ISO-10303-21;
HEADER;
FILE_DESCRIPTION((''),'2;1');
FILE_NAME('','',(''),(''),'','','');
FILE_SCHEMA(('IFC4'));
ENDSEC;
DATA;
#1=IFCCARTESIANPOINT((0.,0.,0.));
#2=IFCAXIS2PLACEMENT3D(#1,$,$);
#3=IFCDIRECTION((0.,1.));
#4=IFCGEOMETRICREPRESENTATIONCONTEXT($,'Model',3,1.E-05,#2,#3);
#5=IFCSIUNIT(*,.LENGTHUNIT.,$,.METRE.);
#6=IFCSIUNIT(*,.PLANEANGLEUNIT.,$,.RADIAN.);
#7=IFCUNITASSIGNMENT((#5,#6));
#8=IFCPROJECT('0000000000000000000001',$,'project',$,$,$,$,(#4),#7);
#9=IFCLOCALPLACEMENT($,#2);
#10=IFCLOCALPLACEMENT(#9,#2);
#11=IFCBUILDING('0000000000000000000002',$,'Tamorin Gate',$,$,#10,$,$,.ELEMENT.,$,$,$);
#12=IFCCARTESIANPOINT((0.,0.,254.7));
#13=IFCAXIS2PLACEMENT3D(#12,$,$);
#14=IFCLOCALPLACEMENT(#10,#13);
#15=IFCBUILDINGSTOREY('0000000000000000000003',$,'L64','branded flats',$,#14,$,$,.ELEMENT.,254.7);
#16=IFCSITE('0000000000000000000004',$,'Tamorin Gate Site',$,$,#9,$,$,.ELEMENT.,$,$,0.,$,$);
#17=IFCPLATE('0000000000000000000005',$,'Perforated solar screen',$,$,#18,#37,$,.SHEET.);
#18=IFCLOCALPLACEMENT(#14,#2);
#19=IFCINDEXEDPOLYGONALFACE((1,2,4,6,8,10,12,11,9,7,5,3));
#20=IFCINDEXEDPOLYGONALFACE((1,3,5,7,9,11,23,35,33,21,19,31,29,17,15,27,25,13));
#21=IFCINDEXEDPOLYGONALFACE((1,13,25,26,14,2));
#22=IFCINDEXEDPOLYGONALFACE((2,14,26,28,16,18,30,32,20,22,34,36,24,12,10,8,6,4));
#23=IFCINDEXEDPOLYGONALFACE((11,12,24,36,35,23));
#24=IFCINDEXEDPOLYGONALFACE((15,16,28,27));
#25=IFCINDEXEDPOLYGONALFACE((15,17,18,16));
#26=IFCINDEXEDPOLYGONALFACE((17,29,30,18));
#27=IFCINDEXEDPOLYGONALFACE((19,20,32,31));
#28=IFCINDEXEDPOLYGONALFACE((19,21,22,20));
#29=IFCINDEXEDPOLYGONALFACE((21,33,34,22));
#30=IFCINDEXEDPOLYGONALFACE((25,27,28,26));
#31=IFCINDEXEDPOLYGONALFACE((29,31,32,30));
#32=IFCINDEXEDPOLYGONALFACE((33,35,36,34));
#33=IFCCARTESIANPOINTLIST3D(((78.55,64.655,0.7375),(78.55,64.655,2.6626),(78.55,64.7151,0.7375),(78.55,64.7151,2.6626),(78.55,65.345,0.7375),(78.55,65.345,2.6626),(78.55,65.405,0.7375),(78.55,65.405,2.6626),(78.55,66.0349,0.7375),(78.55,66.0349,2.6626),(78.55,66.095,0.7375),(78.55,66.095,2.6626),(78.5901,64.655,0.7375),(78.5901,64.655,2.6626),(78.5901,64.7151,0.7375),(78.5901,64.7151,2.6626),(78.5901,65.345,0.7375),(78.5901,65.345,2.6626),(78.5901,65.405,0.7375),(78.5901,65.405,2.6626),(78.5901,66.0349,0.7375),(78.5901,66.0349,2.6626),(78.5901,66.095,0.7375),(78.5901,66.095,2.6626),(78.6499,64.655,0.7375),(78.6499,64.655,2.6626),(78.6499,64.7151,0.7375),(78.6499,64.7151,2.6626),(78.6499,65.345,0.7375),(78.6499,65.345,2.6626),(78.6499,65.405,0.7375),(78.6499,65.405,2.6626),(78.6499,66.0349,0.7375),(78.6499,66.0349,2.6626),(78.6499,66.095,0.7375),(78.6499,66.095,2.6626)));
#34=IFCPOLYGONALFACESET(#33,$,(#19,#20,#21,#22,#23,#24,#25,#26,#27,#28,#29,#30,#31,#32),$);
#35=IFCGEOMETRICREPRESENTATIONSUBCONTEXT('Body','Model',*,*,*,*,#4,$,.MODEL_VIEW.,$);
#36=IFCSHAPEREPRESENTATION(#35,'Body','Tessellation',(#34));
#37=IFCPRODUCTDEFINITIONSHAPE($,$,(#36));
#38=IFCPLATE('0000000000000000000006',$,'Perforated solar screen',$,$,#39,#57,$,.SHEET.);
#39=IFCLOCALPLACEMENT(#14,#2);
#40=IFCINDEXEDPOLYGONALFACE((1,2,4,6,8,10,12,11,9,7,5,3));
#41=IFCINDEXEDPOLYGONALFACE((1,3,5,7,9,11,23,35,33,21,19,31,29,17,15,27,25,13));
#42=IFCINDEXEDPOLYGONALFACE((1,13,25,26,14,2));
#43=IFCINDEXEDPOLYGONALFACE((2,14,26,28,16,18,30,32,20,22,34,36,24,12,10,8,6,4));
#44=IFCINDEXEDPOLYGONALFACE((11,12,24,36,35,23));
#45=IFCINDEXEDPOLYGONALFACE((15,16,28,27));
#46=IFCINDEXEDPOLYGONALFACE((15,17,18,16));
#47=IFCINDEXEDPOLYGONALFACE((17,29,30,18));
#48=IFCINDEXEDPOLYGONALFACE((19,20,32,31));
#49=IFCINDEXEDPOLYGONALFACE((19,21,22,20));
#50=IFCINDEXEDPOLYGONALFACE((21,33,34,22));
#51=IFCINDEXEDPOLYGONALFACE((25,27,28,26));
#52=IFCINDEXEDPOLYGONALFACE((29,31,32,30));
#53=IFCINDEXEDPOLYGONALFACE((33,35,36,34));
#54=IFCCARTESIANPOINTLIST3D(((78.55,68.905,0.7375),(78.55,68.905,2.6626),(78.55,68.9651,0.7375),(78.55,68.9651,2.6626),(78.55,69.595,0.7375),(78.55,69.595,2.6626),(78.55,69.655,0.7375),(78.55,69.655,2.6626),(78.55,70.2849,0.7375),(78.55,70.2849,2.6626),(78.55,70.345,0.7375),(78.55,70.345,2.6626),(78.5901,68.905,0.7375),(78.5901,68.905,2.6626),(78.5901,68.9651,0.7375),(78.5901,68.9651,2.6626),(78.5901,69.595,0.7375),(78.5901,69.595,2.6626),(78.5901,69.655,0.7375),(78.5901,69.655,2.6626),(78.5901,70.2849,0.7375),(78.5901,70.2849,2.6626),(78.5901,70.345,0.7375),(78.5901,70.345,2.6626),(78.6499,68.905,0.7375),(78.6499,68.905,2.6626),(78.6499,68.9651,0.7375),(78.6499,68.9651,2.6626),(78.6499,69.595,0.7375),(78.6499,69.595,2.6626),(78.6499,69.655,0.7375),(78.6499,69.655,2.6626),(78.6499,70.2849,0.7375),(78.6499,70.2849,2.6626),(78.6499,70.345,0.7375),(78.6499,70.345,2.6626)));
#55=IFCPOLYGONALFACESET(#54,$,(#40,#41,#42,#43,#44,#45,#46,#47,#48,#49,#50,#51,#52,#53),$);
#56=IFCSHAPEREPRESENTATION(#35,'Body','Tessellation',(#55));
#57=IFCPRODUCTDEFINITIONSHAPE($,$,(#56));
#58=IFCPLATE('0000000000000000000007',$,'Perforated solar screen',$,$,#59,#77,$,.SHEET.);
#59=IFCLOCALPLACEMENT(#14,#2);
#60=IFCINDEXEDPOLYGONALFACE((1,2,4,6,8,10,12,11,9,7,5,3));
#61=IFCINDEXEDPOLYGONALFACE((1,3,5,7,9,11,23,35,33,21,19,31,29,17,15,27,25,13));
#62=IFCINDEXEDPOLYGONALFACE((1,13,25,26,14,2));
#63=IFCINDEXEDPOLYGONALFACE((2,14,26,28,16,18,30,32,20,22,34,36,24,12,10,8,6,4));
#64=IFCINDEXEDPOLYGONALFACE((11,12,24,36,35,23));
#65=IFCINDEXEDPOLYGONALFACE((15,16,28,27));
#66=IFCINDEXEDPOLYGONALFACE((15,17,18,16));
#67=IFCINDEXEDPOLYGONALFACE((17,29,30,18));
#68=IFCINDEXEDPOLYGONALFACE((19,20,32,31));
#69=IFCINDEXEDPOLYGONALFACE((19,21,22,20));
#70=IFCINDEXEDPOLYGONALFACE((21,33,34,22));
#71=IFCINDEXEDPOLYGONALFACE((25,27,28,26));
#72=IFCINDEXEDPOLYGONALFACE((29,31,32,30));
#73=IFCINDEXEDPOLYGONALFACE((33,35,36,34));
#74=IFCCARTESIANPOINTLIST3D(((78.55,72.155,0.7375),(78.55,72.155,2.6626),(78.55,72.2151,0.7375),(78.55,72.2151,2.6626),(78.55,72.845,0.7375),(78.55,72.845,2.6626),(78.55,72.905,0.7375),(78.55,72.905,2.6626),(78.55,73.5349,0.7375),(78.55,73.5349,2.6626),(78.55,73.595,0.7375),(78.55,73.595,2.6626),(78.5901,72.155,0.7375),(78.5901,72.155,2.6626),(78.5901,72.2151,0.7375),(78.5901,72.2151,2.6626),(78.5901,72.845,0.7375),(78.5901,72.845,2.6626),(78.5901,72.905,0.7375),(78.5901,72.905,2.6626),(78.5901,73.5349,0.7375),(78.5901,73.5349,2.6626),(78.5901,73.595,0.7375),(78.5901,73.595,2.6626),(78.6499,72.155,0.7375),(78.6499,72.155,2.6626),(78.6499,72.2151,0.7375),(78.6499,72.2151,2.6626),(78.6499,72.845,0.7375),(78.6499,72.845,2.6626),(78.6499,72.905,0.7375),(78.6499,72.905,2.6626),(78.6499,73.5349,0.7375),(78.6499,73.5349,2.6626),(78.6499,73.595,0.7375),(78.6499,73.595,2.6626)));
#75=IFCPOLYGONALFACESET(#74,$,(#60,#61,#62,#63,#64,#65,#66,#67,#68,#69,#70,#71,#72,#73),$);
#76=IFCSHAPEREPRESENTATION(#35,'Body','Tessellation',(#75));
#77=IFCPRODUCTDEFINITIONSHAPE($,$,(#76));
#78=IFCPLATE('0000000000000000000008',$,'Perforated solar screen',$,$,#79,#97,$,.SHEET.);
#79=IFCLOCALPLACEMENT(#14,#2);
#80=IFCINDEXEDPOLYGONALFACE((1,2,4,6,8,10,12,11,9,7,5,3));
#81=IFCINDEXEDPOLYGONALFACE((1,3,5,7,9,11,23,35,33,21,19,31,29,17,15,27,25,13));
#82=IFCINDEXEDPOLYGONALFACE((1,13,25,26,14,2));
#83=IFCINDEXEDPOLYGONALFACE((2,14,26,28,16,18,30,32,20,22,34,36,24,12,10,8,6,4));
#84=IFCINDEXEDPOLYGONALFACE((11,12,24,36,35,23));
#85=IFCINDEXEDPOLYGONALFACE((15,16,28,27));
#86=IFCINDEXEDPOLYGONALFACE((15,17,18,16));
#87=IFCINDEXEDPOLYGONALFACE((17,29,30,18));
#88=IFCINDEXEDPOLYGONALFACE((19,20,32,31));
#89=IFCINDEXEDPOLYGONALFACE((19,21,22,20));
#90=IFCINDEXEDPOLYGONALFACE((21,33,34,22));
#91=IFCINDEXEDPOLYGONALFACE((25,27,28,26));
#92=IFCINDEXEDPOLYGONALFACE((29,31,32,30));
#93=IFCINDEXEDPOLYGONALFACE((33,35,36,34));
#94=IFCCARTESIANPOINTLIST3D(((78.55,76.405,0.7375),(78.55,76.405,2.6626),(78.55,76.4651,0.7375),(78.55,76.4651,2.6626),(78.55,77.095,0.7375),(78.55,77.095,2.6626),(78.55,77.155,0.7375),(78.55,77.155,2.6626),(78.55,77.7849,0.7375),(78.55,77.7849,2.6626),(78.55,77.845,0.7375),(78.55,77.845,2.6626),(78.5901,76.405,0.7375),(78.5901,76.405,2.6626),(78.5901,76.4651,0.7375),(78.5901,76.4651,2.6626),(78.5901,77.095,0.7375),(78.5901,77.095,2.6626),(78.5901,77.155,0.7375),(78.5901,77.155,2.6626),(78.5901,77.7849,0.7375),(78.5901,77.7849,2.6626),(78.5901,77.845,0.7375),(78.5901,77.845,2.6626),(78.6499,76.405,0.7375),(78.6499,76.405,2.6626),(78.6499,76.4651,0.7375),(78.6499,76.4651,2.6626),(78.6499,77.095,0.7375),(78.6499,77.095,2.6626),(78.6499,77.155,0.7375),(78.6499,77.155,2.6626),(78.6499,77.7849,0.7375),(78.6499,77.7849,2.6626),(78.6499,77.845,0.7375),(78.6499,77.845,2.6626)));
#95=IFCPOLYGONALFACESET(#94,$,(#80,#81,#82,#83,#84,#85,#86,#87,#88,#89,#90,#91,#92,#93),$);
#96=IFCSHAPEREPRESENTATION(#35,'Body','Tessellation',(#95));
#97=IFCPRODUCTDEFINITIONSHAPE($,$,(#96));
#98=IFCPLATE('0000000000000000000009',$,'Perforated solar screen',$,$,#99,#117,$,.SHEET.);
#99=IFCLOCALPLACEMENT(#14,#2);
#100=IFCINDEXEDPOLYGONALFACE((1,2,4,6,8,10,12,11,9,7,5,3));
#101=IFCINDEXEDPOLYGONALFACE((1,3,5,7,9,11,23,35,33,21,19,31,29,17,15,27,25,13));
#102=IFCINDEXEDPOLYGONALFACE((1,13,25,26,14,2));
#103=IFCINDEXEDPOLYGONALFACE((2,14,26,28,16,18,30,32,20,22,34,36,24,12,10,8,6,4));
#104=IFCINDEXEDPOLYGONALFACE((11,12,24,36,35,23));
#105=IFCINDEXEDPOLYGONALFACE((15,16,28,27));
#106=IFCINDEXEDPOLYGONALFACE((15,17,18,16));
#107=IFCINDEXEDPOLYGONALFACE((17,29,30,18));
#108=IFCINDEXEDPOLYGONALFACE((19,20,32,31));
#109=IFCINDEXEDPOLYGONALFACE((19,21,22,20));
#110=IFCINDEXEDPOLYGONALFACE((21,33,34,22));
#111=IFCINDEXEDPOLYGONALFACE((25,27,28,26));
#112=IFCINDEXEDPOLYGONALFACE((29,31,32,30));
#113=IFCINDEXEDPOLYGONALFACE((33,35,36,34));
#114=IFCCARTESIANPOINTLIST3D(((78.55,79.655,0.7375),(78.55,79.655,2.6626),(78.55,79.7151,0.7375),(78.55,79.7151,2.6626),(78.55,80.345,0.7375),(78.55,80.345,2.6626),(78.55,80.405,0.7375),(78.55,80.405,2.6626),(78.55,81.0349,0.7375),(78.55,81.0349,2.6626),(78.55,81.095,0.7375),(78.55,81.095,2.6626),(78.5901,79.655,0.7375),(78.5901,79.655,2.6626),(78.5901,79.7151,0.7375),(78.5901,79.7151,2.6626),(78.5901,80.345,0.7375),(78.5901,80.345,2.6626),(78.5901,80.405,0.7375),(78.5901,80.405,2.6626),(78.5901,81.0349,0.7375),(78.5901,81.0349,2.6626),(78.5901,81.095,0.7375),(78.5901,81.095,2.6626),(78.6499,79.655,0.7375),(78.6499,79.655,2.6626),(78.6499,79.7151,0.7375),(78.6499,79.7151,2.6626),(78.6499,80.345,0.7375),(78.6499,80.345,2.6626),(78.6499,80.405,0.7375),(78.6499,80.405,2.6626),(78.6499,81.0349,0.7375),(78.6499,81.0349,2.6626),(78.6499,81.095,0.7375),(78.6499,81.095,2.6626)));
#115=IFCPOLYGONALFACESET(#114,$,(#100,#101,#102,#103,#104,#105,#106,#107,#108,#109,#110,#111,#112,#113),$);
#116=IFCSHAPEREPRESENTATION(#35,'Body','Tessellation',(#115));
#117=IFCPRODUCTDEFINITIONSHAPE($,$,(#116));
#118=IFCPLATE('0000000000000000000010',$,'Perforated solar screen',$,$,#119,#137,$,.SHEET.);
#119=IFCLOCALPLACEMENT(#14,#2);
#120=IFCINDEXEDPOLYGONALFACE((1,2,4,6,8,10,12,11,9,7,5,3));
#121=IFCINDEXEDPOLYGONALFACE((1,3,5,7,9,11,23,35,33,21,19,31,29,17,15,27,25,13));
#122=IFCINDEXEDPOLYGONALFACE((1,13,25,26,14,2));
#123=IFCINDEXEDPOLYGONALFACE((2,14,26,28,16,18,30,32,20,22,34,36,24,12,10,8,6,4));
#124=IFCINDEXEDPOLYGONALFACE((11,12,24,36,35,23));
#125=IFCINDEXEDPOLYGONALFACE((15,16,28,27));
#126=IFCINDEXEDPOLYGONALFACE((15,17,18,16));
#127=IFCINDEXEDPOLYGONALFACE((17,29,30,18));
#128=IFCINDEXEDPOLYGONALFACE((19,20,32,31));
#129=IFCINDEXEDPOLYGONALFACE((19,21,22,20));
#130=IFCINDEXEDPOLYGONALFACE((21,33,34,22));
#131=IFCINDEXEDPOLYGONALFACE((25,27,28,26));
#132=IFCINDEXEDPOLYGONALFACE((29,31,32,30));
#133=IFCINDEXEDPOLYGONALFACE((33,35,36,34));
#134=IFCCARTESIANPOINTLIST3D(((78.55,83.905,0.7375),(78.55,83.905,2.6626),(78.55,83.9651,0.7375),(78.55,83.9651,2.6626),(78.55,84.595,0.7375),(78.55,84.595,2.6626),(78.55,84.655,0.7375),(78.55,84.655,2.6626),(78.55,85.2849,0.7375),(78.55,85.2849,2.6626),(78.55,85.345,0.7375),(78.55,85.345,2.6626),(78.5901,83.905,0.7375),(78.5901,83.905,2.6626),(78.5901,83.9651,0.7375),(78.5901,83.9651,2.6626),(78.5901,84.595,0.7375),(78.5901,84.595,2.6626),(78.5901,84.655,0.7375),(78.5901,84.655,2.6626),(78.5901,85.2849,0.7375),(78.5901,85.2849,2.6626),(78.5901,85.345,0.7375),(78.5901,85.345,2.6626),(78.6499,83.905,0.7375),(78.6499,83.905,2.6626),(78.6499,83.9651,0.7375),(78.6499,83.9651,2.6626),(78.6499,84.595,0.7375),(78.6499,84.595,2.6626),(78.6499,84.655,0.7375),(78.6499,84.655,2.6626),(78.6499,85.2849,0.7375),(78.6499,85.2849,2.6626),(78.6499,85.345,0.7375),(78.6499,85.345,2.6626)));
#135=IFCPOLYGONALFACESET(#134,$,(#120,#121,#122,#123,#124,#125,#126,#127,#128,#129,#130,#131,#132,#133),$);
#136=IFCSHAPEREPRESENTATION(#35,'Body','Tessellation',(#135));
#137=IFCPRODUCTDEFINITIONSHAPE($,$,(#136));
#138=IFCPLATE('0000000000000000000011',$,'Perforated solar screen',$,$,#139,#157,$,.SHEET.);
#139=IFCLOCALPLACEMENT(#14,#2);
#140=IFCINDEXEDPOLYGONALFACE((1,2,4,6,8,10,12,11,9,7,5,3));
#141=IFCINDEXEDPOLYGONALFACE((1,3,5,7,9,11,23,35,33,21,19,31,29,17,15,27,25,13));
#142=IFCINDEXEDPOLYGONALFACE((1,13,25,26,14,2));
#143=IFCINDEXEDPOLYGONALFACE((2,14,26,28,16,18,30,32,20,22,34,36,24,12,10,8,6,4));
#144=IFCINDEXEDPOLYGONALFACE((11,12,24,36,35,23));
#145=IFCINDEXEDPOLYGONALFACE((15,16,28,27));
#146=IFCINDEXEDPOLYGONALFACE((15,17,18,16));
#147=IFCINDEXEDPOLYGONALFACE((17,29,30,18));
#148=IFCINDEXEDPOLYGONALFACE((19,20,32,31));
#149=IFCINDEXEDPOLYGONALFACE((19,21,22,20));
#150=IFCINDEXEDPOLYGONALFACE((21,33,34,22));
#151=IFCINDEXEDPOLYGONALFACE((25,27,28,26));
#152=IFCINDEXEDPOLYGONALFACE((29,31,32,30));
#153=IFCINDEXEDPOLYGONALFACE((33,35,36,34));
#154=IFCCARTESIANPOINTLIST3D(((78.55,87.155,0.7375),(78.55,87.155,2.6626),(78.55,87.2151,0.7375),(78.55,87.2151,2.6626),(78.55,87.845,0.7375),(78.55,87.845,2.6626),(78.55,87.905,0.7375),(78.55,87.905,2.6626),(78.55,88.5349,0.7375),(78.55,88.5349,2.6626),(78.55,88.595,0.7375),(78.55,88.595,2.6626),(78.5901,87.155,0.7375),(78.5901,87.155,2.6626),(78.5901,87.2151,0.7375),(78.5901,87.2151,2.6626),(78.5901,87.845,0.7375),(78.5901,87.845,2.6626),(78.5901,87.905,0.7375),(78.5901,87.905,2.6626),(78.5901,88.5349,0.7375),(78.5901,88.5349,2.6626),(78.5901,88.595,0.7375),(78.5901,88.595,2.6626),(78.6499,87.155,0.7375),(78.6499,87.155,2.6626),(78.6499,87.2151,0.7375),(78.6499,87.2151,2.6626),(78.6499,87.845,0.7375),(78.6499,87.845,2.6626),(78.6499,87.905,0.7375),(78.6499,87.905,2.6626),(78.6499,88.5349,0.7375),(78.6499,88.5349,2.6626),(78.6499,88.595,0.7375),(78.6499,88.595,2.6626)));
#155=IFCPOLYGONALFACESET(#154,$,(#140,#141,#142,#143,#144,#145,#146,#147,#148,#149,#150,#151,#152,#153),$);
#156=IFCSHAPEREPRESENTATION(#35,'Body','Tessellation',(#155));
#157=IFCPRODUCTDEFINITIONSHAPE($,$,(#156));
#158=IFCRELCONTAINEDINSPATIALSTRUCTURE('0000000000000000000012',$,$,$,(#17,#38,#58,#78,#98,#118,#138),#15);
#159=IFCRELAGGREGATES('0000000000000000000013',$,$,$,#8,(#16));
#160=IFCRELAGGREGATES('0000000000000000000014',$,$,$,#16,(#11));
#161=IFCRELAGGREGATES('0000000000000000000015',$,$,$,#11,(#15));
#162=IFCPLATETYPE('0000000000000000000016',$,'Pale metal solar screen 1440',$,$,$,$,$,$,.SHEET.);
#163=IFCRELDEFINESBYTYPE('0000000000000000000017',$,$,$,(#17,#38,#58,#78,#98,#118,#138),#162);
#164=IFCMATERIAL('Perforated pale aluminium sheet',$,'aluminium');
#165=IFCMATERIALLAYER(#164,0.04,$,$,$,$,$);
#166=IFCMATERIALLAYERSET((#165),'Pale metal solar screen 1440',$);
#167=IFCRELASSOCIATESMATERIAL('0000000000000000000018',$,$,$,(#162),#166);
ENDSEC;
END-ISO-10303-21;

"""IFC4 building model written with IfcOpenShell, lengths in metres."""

from ifc_helpers import new_model, si_unit, direction, frame, origin, place, context, subcontext, project, spatial, polyline, outline, extrude, material, layer, layer_set, type_object, element, save


model = new_model("IFC4")

# Units and contexts
model_context = context("Model", 3, precision=1e-05, world=origin(), true_north=direction((0.0, 1.0)))
body_context = subcontext(model_context, "Body", "Model", "MODEL_VIEW")
ifc_project = project(units=[si_unit("LENGTHUNIT", "METRE"), si_unit("PLANEANGLEUNIT", "RADIAN")], contexts=[model_context])

# Site, building, storey
site_placement = place(None, origin())
site = spatial("IfcSite", under=ifc_project, at=site_placement, Name="Tamorin Gate Site", CompositionType="ELEMENT", RefElevation=0.0)
building_placement = place(site_placement, origin())
building = spatial("IfcBuilding", under=site, at=building_placement, Name="Tamorin Gate", CompositionType="ELEMENT")
storey_placement = place(building_placement, frame((0.0, 0.0, 254.7)))
storey = spatial("IfcBuildingStorey", under=building, at=storey_placement, Name="L64", Description="branded flats", CompositionType="ELEMENT", Elevation=254.7)

# Plates
ifc_material_1 = material(Name="Perforated pale aluminium sheet", Category="aluminium")
ifc_layer_1 = layer(ifc_material_1, 0.04)
ifc_layer_set_1 = layer_set([ifc_layer_1], Name="Pale metal solar screen 1440")
plate_type = type_object("IfcPlateType", Name="Pale metal solar screen 1440", PredefinedType="SHEET", material=ifc_layer_set_1)
plate_1_placement = place(storey_placement, frame((0.0, 0.0, 0.7375)))
element("IfcPlate", 1, at=plate_1_placement, inside=storey, type_object=plate_type, Name="Perforated solar screen", PredefinedType="SHEET", context=body_context, shape_type="SweptSolid", body=[
    extrude(outline(polyline([(78.5901, 64.655), (78.55, 64.655), (78.55, 64.7151), (78.55, 65.345), (78.55, 65.405), (78.55, 66.0349), (78.55, 66.095), (78.5901, 66.095), (78.6499, 66.095), (78.6499, 66.0349), (78.5901, 66.0349), (78.5901, 65.405), (78.6499, 65.405), (78.6499, 65.345), (78.5901, 65.345), (78.5901, 64.7151), (78.6499, 64.7151), (78.6499, 64.655), (78.5901, 64.655)])), origin(), (0.0, 0.0, 1.0), 1.925),
])
plate_2_placement = place(storey_placement, frame((0.0, 0.0, 0.7375)))
element("IfcPlate", 2, at=plate_2_placement, inside=storey, type_object=plate_type, Name="Perforated solar screen", PredefinedType="SHEET", context=body_context, shape_type="SweptSolid", body=[
    extrude(outline(polyline([(78.5901, 68.905), (78.55, 68.905), (78.55, 68.9651), (78.55, 69.595), (78.55, 69.655), (78.55, 70.2849), (78.55, 70.345), (78.5901, 70.345), (78.6499, 70.345), (78.6499, 70.2849), (78.5901, 70.2849), (78.5901, 69.655), (78.6499, 69.655), (78.6499, 69.595), (78.5901, 69.595), (78.5901, 68.9651), (78.6499, 68.9651), (78.6499, 68.905), (78.5901, 68.905)])), origin(), (0.0, 0.0, 1.0), 1.925),
])
plate_3_placement = place(storey_placement, frame((0.0, 0.0, 0.7375)))
element("IfcPlate", 3, at=plate_3_placement, inside=storey, type_object=plate_type, Name="Perforated solar screen", PredefinedType="SHEET", context=body_context, shape_type="SweptSolid", body=[
    extrude(outline(polyline([(78.5901, 72.155), (78.55, 72.155), (78.55, 72.2151), (78.55, 72.845), (78.55, 72.905), (78.55, 73.5349), (78.55, 73.595), (78.5901, 73.595), (78.6499, 73.595), (78.6499, 73.5349), (78.5901, 73.5349), (78.5901, 72.905), (78.6499, 72.905), (78.6499, 72.845), (78.5901, 72.845), (78.5901, 72.2151), (78.6499, 72.2151), (78.6499, 72.155), (78.5901, 72.155)])), origin(), (0.0, 0.0, 1.0), 1.925),
])
plate_4_placement = place(storey_placement, frame((0.0, 0.0, 0.7375)))
element("IfcPlate", 4, at=plate_4_placement, inside=storey, type_object=plate_type, Name="Perforated solar screen", PredefinedType="SHEET", context=body_context, shape_type="SweptSolid", body=[
    extrude(outline(polyline([(78.5901, 76.405), (78.55, 76.405), (78.55, 76.4651), (78.55, 77.095), (78.55, 77.155), (78.55, 77.7849), (78.55, 77.845), (78.5901, 77.845), (78.6499, 77.845), (78.6499, 77.7849), (78.5901, 77.7849), (78.5901, 77.155), (78.6499, 77.155), (78.6499, 77.095), (78.5901, 77.095), (78.5901, 76.4651), (78.6499, 76.4651), (78.6499, 76.405), (78.5901, 76.405)])), origin(), (0.0, 0.0, 1.0), 1.925),
])
plate_5_placement = place(storey_placement, frame((0.0, 0.0, 0.7375)))
element("IfcPlate", 5, at=plate_5_placement, inside=storey, type_object=plate_type, Name="Perforated solar screen", PredefinedType="SHEET", context=body_context, shape_type="SweptSolid", body=[
    extrude(outline(polyline([(78.5901, 79.655), (78.55, 79.655), (78.55, 79.7151), (78.55, 80.345), (78.55, 80.405), (78.55, 81.0349), (78.55, 81.095), (78.5901, 81.095), (78.6499, 81.095), (78.6499, 81.0349), (78.5901, 81.0349), (78.5901, 80.405), (78.6499, 80.405), (78.6499, 80.345), (78.5901, 80.345), (78.5901, 79.7151), (78.6499, 79.7151), (78.6499, 79.655), (78.5901, 79.655)])), origin(), (0.0, 0.0, 1.0), 1.925),
])
plate_6_placement = place(storey_placement, frame((0.0, 0.0, 0.7375)))
element("IfcPlate", 6, at=plate_6_placement, inside=storey, type_object=plate_type, Name="Perforated solar screen", PredefinedType="SHEET", context=body_context, shape_type="SweptSolid", body=[
    extrude(outline(polyline([(78.5901, 83.905), (78.55, 83.905), (78.55, 83.9651), (78.55, 84.595), (78.55, 84.655), (78.55, 85.2849), (78.55, 85.345), (78.5901, 85.345), (78.6499, 85.345), (78.6499, 85.2849), (78.5901, 85.2849), (78.5901, 84.655), (78.6499, 84.655), (78.6499, 84.595), (78.5901, 84.595), (78.5901, 83.9651), (78.6499, 83.9651), (78.6499, 83.905), (78.5901, 83.905)])), origin(), (0.0, 0.0, 1.0), 1.925),
])
plate_7_placement = place(storey_placement, frame((0.0, 0.0, 0.7375)))
element("IfcPlate", 7, at=plate_7_placement, inside=storey, type_object=plate_type, Name="Perforated solar screen", PredefinedType="SHEET", context=body_context, shape_type="SweptSolid", body=[
    extrude(outline(polyline([(78.5901, 87.155), (78.55, 87.155), (78.55, 87.2151), (78.55, 87.845), (78.55, 87.905), (78.55, 88.5349), (78.55, 88.595), (78.5901, 88.595), (78.6499, 88.595), (78.6499, 88.5349), (78.5901, 88.5349), (78.5901, 87.905), (78.6499, 87.905), (78.6499, 87.845), (78.5901, 87.845), (78.5901, 87.2151), (78.6499, 87.2151), (78.6499, 87.155), (78.5901, 87.155)])), origin(), (0.0, 0.0, 1.0), 1.925),
])

save(model, "model.ifc")
